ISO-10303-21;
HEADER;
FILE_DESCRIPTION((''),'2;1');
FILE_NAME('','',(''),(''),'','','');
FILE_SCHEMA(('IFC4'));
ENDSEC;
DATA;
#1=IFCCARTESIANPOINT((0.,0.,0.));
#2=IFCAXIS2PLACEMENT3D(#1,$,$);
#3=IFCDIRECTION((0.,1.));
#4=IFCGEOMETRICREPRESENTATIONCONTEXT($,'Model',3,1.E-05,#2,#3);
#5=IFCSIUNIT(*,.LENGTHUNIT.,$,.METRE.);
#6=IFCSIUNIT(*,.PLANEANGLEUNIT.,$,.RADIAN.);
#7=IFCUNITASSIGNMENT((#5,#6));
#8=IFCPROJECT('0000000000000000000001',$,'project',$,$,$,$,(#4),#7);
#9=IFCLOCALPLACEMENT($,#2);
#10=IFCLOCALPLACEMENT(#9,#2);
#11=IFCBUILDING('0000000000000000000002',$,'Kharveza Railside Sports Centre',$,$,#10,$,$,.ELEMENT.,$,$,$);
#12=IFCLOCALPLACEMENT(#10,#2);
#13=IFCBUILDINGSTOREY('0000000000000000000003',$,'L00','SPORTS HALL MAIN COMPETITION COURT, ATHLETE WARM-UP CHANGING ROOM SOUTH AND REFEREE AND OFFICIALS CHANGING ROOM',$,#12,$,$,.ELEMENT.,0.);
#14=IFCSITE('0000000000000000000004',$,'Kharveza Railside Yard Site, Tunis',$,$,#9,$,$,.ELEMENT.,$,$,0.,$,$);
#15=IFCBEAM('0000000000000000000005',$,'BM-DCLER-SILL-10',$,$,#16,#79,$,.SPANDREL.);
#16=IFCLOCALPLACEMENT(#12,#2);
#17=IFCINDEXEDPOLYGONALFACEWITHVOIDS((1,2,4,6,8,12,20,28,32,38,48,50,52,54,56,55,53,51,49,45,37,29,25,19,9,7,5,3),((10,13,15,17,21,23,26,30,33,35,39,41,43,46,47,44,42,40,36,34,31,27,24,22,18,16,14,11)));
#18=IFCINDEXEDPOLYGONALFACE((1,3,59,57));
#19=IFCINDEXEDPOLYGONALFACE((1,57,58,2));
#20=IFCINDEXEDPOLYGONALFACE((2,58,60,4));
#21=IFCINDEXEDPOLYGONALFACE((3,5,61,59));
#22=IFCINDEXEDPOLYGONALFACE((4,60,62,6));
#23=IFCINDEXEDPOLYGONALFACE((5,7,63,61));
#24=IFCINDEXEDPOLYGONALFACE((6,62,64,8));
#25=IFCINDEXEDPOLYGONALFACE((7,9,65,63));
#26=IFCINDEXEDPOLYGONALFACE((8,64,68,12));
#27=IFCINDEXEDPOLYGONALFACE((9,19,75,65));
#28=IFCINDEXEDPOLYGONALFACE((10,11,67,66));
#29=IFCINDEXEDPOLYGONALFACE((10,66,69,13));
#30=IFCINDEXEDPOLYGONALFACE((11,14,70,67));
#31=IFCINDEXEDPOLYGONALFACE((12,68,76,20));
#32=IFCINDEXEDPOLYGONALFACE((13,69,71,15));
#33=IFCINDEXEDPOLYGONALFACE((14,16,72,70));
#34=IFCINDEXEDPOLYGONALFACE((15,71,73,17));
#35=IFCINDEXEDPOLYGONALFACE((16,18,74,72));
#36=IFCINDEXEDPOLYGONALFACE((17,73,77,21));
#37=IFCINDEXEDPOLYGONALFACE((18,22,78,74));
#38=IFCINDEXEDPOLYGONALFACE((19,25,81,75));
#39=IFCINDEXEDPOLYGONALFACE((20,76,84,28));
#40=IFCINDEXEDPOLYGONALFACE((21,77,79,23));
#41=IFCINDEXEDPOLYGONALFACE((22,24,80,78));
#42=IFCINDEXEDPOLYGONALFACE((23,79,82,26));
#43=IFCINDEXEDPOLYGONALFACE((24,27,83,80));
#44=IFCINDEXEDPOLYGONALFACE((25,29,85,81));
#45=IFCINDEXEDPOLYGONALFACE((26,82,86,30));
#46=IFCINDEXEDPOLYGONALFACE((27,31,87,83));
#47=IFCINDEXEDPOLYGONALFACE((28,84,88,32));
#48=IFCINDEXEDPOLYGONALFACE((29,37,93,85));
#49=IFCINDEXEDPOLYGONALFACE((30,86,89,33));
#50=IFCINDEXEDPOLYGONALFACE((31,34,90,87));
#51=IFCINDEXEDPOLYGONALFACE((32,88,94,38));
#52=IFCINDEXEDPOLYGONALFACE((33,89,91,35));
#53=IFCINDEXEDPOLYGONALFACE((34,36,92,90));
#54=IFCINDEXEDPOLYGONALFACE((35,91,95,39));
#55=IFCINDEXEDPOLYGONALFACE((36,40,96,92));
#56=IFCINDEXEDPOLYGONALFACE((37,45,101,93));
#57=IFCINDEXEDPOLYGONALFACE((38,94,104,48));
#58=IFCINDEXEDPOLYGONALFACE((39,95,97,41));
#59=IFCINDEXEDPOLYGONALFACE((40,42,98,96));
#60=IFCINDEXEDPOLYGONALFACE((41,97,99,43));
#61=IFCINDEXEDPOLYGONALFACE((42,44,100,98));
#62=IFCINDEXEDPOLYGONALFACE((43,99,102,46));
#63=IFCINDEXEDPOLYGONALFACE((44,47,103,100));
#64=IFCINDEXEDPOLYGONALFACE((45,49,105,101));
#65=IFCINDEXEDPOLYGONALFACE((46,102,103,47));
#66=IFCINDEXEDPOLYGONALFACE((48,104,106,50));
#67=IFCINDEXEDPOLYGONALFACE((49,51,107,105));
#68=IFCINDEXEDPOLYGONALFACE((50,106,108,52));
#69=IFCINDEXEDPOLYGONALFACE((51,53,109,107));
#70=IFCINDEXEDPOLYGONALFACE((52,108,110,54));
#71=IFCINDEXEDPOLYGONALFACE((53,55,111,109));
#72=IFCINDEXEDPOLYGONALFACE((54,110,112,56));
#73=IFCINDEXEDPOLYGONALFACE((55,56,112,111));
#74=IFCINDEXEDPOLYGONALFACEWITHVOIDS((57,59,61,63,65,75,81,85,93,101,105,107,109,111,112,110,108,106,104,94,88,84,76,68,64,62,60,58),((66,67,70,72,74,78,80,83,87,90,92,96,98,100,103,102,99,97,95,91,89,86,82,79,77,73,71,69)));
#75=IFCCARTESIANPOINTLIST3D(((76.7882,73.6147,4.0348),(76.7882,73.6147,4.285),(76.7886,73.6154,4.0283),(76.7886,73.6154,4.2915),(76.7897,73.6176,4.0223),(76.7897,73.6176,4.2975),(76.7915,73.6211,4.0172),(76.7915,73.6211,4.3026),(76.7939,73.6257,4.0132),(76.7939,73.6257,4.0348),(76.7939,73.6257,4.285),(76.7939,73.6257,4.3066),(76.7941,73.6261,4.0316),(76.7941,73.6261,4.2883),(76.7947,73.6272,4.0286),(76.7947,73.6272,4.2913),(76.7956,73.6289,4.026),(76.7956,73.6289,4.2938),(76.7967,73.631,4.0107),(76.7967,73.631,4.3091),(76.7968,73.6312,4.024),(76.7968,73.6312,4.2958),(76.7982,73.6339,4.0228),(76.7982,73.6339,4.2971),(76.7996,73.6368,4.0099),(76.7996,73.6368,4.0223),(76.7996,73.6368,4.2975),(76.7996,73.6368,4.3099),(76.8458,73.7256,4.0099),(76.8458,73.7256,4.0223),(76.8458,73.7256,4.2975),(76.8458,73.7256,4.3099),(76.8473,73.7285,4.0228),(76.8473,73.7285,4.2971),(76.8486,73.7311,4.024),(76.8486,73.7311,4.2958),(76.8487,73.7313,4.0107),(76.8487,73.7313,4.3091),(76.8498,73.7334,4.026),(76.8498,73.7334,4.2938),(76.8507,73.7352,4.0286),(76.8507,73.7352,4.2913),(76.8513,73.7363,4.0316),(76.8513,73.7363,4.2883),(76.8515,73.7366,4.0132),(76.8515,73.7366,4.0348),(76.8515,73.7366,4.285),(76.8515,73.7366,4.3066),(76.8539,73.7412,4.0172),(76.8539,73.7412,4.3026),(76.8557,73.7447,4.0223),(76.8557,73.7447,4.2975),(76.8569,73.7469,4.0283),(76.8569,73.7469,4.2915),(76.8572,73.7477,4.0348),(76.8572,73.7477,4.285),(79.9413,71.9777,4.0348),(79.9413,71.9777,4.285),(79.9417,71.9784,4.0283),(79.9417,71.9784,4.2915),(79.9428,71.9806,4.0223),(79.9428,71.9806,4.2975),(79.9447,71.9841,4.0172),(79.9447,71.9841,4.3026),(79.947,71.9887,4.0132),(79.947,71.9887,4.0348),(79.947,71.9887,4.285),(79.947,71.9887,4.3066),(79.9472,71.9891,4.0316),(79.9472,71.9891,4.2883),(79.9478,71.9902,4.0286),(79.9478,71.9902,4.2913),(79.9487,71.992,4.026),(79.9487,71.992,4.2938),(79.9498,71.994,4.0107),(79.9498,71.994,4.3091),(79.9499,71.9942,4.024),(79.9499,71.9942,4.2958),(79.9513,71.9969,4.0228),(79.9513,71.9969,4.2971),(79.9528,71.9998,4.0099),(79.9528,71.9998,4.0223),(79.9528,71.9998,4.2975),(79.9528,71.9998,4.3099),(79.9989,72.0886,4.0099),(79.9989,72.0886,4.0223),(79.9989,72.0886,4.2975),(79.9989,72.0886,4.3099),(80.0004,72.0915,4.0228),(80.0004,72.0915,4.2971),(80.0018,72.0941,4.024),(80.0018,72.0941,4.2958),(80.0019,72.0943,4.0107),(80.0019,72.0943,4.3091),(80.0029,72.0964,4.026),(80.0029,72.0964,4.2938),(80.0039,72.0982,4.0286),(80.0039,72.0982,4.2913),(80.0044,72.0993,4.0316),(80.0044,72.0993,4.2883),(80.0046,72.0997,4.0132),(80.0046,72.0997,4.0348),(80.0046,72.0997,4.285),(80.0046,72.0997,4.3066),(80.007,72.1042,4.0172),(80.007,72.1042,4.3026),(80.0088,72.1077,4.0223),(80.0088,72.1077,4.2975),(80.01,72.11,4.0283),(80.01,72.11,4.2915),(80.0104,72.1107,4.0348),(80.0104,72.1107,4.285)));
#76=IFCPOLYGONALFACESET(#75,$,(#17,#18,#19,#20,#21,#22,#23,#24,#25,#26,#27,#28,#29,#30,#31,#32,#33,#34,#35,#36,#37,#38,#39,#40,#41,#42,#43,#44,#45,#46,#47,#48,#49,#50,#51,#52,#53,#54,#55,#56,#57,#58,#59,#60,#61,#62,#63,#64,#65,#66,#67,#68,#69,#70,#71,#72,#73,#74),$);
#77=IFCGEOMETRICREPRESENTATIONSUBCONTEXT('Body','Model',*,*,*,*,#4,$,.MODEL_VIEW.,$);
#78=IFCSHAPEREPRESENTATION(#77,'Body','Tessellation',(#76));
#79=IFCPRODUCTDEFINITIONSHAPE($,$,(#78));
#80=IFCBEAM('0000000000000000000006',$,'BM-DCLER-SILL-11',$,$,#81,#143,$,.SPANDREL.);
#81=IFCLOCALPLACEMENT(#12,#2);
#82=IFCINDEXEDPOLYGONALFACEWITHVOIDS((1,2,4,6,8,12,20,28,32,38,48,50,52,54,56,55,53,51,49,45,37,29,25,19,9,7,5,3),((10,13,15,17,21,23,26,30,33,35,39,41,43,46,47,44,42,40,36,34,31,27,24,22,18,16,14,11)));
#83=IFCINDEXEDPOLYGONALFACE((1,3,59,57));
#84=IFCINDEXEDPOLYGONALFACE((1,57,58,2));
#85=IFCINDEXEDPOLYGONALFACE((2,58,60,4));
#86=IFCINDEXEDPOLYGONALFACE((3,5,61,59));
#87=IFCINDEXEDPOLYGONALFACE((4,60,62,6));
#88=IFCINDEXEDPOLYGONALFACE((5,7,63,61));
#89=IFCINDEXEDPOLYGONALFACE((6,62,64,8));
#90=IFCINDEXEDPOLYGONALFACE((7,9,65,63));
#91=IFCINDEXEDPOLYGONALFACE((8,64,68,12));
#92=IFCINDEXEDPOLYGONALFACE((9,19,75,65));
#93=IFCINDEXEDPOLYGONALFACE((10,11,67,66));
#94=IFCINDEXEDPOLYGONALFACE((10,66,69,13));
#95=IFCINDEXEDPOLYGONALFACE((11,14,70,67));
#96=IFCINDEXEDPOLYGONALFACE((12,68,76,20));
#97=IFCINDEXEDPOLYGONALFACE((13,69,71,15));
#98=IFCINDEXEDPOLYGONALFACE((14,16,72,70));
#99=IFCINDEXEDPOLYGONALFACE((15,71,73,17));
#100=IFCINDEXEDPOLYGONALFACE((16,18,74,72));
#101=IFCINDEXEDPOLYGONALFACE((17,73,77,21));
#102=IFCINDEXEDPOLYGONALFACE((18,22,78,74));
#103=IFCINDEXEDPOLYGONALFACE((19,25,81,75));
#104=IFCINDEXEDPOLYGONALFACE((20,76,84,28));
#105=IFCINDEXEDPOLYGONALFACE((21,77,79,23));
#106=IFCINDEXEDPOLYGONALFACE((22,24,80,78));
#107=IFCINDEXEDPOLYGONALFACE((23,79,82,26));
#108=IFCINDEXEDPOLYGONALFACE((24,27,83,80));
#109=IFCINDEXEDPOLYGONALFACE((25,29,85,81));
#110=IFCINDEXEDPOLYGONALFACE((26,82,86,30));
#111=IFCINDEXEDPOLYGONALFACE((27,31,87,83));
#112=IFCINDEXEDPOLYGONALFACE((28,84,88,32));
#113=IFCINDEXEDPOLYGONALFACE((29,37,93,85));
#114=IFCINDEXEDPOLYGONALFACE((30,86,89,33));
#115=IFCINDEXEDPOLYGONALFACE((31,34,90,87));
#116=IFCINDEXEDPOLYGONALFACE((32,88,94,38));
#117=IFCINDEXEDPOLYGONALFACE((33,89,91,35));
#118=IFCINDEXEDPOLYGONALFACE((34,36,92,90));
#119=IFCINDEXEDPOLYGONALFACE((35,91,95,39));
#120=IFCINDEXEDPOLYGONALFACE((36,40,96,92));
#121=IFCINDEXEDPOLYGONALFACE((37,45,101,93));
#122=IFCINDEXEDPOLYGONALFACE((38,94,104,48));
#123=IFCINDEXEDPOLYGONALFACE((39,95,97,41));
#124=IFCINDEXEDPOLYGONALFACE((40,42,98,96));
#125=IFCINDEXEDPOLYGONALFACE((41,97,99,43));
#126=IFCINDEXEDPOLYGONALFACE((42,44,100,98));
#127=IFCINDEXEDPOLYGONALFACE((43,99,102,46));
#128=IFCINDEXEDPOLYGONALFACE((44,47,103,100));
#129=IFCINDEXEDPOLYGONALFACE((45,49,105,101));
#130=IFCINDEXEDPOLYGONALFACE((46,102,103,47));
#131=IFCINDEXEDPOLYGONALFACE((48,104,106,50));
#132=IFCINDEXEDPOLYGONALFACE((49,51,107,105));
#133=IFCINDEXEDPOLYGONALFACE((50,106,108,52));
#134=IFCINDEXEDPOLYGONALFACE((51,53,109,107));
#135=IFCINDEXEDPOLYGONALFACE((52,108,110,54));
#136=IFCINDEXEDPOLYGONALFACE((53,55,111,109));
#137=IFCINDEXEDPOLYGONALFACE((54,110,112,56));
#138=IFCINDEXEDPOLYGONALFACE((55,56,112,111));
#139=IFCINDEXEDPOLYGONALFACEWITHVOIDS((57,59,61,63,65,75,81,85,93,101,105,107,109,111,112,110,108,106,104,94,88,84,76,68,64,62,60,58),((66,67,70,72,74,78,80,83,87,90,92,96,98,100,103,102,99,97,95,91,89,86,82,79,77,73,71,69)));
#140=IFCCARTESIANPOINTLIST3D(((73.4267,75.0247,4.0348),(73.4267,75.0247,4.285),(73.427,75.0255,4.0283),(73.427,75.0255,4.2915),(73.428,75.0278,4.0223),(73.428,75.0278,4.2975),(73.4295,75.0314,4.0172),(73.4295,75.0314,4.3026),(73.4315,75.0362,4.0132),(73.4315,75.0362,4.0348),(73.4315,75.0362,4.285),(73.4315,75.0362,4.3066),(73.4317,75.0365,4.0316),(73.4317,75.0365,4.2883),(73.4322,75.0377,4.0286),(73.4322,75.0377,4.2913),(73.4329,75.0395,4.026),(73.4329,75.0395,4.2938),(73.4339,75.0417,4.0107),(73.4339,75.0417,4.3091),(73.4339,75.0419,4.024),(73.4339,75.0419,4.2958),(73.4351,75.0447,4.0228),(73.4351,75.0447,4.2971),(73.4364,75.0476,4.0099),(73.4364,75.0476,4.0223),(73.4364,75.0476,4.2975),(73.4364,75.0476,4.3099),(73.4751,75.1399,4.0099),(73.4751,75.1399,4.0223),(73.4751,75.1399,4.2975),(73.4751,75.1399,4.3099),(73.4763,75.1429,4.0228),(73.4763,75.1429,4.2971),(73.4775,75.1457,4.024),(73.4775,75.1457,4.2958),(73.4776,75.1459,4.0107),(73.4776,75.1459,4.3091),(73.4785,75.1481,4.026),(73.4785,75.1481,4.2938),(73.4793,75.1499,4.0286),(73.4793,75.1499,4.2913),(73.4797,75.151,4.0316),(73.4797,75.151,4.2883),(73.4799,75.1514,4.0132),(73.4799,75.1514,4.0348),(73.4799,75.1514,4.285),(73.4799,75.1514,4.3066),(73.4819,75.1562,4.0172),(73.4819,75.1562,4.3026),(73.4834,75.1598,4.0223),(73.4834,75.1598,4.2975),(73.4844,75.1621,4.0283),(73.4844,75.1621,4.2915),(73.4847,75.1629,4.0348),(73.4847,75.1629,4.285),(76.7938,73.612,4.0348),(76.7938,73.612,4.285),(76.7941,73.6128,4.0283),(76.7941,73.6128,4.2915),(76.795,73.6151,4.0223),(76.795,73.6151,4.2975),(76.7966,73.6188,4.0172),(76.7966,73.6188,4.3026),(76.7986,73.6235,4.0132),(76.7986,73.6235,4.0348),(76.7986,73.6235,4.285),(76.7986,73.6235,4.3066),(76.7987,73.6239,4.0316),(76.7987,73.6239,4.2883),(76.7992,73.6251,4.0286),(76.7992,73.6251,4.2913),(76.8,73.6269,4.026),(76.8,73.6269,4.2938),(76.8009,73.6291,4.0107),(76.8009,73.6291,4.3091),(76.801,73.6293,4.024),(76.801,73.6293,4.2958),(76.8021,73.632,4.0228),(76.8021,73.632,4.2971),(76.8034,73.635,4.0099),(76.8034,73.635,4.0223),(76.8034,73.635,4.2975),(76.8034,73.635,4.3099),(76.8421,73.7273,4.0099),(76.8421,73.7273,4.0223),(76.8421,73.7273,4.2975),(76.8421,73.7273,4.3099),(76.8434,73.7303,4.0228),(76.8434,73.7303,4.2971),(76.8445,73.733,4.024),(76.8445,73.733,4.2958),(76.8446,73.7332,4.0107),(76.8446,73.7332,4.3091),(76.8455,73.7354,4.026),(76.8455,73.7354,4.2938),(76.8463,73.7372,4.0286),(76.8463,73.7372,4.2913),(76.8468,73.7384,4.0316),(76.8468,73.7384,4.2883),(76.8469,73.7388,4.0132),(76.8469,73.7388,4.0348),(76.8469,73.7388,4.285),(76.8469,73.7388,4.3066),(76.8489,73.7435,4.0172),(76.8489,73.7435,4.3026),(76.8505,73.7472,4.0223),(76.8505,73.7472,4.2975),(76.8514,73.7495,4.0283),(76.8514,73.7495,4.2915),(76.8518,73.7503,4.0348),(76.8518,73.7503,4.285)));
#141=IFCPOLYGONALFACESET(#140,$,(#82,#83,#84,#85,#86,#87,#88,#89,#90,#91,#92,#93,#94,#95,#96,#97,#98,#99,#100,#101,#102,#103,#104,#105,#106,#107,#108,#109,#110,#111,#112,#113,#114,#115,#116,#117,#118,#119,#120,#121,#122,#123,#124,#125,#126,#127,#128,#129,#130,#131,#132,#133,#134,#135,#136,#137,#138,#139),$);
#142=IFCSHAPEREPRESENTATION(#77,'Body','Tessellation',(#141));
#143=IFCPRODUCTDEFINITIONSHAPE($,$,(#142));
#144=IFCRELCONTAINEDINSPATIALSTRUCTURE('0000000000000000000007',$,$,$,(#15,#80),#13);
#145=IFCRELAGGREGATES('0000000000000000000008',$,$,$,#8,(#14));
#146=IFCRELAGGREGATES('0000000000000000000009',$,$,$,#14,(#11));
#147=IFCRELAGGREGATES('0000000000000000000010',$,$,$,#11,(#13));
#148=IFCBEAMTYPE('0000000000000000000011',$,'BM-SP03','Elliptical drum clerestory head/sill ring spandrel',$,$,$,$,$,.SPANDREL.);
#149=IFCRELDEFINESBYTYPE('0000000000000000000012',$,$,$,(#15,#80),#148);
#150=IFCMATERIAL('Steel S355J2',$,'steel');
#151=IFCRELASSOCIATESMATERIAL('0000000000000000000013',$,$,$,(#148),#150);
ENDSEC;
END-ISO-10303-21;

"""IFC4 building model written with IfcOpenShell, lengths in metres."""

from ifc_helpers import new_model, si_unit, direction, frame, origin, origin_2d, place, context, subcontext, project, spatial, hollow_rectangle, extrude, material, material_profile, profile_set, type_object, element, save


model = new_model("IFC4")

# Units and contexts
model_context = context("Model", 3, precision=1e-05, world=origin(), true_north=direction((0.0, 1.0)))
body_context = subcontext(model_context, "Body", "Model", "MODEL_VIEW")
ifc_project = project(units=[si_unit("LENGTHUNIT", "METRE"), si_unit("PLANEANGLEUNIT", "RADIAN")], contexts=[model_context])

# Site, building, storey
site_placement = place(None, origin())
site = spatial("IfcSite", under=ifc_project, at=site_placement, Name="Kharveza Railside Yard Site, Tunis", CompositionType="ELEMENT", RefElevation=0.0)
building_placement = place(site_placement, origin())
building = spatial("IfcBuilding", under=site, at=building_placement, Name="Kharveza Railside Sports Centre", CompositionType="ELEMENT")
storey_placement = place(building_placement, origin())
storey = spatial("IfcBuildingStorey", under=building, at=storey_placement, Name="L00", Description="SPORTS HALL MAIN COMPETITION COURT, ATHLETE WARM-UP CHANGING ROOM SOUTH AND REFEREE AND OFFICIALS CHANGING ROOM", CompositionType="ELEMENT", Elevation=0.0)

# Shared definitions
ifc_material_1 = material(Name="Steel S355J2", Category="steel")

# Beams
ifc_material_profile_1 = material_profile(ifc_material_1, hollow_rectangle(XDim=0.1499, YDim=0.3, WallThickness=0.0125, InnerFilletRadius=0.0125, OuterFilletRadius=0.0249, at=origin_2d()), Name="RHS 150x300x12.5")
ifc_profile_set_1 = profile_set([ifc_material_profile_1], Name="Steel S355J2")
beam_type_1 = type_object("IfcBeamType", Name="BM-SP03", Description="Elliptical drum clerestory head/sill ring spandrel", PredefinedType="SPANDREL", material=ifc_profile_set_1)
beam_1_placement = place(storey_placement, frame((79.9758, 72.0442, 4.1599), z_axis=(-0.88752, 0.460768, 0.0), x_axis=(-0.460768, -0.88752, 0.0)))
element("IfcBeam", 1, at=beam_1_placement, inside=storey, type_object=beam_type_1, Name="BM-DCLER-SILL-10", PredefinedType="SPANDREL", context=body_context, shape_type="SweptSolid", body=[
    extrude(hollow_rectangle(XDim=0.1499, YDim=0.3, WallThickness=0.0125, InnerFilletRadius=0.0125, OuterFilletRadius=0.0249, at=origin_2d()), origin(), (0.0, 0.0, 1.0), 3.5527),
])
beam_2_placement = place(storey_placement, frame((76.8228, 73.6812, 4.1599), z_axis=(-0.922131, 0.386879, 0.0), x_axis=(-0.386879, -0.922131, 0.0)))
element("IfcBeam", 2, at=beam_2_placement, inside=storey, type_object=beam_type_1, Name="BM-DCLER-SILL-11", PredefinedType="SPANDREL", context=body_context, shape_type="SweptSolid", body=[
    extrude(hollow_rectangle(XDim=0.1499, YDim=0.3, WallThickness=0.0125, InnerFilletRadius=0.0125, OuterFilletRadius=0.0249, at=origin_2d()), origin(), (0.0, 0.0, 1.0), 3.6514),
])

save(model, "model.ifc")
